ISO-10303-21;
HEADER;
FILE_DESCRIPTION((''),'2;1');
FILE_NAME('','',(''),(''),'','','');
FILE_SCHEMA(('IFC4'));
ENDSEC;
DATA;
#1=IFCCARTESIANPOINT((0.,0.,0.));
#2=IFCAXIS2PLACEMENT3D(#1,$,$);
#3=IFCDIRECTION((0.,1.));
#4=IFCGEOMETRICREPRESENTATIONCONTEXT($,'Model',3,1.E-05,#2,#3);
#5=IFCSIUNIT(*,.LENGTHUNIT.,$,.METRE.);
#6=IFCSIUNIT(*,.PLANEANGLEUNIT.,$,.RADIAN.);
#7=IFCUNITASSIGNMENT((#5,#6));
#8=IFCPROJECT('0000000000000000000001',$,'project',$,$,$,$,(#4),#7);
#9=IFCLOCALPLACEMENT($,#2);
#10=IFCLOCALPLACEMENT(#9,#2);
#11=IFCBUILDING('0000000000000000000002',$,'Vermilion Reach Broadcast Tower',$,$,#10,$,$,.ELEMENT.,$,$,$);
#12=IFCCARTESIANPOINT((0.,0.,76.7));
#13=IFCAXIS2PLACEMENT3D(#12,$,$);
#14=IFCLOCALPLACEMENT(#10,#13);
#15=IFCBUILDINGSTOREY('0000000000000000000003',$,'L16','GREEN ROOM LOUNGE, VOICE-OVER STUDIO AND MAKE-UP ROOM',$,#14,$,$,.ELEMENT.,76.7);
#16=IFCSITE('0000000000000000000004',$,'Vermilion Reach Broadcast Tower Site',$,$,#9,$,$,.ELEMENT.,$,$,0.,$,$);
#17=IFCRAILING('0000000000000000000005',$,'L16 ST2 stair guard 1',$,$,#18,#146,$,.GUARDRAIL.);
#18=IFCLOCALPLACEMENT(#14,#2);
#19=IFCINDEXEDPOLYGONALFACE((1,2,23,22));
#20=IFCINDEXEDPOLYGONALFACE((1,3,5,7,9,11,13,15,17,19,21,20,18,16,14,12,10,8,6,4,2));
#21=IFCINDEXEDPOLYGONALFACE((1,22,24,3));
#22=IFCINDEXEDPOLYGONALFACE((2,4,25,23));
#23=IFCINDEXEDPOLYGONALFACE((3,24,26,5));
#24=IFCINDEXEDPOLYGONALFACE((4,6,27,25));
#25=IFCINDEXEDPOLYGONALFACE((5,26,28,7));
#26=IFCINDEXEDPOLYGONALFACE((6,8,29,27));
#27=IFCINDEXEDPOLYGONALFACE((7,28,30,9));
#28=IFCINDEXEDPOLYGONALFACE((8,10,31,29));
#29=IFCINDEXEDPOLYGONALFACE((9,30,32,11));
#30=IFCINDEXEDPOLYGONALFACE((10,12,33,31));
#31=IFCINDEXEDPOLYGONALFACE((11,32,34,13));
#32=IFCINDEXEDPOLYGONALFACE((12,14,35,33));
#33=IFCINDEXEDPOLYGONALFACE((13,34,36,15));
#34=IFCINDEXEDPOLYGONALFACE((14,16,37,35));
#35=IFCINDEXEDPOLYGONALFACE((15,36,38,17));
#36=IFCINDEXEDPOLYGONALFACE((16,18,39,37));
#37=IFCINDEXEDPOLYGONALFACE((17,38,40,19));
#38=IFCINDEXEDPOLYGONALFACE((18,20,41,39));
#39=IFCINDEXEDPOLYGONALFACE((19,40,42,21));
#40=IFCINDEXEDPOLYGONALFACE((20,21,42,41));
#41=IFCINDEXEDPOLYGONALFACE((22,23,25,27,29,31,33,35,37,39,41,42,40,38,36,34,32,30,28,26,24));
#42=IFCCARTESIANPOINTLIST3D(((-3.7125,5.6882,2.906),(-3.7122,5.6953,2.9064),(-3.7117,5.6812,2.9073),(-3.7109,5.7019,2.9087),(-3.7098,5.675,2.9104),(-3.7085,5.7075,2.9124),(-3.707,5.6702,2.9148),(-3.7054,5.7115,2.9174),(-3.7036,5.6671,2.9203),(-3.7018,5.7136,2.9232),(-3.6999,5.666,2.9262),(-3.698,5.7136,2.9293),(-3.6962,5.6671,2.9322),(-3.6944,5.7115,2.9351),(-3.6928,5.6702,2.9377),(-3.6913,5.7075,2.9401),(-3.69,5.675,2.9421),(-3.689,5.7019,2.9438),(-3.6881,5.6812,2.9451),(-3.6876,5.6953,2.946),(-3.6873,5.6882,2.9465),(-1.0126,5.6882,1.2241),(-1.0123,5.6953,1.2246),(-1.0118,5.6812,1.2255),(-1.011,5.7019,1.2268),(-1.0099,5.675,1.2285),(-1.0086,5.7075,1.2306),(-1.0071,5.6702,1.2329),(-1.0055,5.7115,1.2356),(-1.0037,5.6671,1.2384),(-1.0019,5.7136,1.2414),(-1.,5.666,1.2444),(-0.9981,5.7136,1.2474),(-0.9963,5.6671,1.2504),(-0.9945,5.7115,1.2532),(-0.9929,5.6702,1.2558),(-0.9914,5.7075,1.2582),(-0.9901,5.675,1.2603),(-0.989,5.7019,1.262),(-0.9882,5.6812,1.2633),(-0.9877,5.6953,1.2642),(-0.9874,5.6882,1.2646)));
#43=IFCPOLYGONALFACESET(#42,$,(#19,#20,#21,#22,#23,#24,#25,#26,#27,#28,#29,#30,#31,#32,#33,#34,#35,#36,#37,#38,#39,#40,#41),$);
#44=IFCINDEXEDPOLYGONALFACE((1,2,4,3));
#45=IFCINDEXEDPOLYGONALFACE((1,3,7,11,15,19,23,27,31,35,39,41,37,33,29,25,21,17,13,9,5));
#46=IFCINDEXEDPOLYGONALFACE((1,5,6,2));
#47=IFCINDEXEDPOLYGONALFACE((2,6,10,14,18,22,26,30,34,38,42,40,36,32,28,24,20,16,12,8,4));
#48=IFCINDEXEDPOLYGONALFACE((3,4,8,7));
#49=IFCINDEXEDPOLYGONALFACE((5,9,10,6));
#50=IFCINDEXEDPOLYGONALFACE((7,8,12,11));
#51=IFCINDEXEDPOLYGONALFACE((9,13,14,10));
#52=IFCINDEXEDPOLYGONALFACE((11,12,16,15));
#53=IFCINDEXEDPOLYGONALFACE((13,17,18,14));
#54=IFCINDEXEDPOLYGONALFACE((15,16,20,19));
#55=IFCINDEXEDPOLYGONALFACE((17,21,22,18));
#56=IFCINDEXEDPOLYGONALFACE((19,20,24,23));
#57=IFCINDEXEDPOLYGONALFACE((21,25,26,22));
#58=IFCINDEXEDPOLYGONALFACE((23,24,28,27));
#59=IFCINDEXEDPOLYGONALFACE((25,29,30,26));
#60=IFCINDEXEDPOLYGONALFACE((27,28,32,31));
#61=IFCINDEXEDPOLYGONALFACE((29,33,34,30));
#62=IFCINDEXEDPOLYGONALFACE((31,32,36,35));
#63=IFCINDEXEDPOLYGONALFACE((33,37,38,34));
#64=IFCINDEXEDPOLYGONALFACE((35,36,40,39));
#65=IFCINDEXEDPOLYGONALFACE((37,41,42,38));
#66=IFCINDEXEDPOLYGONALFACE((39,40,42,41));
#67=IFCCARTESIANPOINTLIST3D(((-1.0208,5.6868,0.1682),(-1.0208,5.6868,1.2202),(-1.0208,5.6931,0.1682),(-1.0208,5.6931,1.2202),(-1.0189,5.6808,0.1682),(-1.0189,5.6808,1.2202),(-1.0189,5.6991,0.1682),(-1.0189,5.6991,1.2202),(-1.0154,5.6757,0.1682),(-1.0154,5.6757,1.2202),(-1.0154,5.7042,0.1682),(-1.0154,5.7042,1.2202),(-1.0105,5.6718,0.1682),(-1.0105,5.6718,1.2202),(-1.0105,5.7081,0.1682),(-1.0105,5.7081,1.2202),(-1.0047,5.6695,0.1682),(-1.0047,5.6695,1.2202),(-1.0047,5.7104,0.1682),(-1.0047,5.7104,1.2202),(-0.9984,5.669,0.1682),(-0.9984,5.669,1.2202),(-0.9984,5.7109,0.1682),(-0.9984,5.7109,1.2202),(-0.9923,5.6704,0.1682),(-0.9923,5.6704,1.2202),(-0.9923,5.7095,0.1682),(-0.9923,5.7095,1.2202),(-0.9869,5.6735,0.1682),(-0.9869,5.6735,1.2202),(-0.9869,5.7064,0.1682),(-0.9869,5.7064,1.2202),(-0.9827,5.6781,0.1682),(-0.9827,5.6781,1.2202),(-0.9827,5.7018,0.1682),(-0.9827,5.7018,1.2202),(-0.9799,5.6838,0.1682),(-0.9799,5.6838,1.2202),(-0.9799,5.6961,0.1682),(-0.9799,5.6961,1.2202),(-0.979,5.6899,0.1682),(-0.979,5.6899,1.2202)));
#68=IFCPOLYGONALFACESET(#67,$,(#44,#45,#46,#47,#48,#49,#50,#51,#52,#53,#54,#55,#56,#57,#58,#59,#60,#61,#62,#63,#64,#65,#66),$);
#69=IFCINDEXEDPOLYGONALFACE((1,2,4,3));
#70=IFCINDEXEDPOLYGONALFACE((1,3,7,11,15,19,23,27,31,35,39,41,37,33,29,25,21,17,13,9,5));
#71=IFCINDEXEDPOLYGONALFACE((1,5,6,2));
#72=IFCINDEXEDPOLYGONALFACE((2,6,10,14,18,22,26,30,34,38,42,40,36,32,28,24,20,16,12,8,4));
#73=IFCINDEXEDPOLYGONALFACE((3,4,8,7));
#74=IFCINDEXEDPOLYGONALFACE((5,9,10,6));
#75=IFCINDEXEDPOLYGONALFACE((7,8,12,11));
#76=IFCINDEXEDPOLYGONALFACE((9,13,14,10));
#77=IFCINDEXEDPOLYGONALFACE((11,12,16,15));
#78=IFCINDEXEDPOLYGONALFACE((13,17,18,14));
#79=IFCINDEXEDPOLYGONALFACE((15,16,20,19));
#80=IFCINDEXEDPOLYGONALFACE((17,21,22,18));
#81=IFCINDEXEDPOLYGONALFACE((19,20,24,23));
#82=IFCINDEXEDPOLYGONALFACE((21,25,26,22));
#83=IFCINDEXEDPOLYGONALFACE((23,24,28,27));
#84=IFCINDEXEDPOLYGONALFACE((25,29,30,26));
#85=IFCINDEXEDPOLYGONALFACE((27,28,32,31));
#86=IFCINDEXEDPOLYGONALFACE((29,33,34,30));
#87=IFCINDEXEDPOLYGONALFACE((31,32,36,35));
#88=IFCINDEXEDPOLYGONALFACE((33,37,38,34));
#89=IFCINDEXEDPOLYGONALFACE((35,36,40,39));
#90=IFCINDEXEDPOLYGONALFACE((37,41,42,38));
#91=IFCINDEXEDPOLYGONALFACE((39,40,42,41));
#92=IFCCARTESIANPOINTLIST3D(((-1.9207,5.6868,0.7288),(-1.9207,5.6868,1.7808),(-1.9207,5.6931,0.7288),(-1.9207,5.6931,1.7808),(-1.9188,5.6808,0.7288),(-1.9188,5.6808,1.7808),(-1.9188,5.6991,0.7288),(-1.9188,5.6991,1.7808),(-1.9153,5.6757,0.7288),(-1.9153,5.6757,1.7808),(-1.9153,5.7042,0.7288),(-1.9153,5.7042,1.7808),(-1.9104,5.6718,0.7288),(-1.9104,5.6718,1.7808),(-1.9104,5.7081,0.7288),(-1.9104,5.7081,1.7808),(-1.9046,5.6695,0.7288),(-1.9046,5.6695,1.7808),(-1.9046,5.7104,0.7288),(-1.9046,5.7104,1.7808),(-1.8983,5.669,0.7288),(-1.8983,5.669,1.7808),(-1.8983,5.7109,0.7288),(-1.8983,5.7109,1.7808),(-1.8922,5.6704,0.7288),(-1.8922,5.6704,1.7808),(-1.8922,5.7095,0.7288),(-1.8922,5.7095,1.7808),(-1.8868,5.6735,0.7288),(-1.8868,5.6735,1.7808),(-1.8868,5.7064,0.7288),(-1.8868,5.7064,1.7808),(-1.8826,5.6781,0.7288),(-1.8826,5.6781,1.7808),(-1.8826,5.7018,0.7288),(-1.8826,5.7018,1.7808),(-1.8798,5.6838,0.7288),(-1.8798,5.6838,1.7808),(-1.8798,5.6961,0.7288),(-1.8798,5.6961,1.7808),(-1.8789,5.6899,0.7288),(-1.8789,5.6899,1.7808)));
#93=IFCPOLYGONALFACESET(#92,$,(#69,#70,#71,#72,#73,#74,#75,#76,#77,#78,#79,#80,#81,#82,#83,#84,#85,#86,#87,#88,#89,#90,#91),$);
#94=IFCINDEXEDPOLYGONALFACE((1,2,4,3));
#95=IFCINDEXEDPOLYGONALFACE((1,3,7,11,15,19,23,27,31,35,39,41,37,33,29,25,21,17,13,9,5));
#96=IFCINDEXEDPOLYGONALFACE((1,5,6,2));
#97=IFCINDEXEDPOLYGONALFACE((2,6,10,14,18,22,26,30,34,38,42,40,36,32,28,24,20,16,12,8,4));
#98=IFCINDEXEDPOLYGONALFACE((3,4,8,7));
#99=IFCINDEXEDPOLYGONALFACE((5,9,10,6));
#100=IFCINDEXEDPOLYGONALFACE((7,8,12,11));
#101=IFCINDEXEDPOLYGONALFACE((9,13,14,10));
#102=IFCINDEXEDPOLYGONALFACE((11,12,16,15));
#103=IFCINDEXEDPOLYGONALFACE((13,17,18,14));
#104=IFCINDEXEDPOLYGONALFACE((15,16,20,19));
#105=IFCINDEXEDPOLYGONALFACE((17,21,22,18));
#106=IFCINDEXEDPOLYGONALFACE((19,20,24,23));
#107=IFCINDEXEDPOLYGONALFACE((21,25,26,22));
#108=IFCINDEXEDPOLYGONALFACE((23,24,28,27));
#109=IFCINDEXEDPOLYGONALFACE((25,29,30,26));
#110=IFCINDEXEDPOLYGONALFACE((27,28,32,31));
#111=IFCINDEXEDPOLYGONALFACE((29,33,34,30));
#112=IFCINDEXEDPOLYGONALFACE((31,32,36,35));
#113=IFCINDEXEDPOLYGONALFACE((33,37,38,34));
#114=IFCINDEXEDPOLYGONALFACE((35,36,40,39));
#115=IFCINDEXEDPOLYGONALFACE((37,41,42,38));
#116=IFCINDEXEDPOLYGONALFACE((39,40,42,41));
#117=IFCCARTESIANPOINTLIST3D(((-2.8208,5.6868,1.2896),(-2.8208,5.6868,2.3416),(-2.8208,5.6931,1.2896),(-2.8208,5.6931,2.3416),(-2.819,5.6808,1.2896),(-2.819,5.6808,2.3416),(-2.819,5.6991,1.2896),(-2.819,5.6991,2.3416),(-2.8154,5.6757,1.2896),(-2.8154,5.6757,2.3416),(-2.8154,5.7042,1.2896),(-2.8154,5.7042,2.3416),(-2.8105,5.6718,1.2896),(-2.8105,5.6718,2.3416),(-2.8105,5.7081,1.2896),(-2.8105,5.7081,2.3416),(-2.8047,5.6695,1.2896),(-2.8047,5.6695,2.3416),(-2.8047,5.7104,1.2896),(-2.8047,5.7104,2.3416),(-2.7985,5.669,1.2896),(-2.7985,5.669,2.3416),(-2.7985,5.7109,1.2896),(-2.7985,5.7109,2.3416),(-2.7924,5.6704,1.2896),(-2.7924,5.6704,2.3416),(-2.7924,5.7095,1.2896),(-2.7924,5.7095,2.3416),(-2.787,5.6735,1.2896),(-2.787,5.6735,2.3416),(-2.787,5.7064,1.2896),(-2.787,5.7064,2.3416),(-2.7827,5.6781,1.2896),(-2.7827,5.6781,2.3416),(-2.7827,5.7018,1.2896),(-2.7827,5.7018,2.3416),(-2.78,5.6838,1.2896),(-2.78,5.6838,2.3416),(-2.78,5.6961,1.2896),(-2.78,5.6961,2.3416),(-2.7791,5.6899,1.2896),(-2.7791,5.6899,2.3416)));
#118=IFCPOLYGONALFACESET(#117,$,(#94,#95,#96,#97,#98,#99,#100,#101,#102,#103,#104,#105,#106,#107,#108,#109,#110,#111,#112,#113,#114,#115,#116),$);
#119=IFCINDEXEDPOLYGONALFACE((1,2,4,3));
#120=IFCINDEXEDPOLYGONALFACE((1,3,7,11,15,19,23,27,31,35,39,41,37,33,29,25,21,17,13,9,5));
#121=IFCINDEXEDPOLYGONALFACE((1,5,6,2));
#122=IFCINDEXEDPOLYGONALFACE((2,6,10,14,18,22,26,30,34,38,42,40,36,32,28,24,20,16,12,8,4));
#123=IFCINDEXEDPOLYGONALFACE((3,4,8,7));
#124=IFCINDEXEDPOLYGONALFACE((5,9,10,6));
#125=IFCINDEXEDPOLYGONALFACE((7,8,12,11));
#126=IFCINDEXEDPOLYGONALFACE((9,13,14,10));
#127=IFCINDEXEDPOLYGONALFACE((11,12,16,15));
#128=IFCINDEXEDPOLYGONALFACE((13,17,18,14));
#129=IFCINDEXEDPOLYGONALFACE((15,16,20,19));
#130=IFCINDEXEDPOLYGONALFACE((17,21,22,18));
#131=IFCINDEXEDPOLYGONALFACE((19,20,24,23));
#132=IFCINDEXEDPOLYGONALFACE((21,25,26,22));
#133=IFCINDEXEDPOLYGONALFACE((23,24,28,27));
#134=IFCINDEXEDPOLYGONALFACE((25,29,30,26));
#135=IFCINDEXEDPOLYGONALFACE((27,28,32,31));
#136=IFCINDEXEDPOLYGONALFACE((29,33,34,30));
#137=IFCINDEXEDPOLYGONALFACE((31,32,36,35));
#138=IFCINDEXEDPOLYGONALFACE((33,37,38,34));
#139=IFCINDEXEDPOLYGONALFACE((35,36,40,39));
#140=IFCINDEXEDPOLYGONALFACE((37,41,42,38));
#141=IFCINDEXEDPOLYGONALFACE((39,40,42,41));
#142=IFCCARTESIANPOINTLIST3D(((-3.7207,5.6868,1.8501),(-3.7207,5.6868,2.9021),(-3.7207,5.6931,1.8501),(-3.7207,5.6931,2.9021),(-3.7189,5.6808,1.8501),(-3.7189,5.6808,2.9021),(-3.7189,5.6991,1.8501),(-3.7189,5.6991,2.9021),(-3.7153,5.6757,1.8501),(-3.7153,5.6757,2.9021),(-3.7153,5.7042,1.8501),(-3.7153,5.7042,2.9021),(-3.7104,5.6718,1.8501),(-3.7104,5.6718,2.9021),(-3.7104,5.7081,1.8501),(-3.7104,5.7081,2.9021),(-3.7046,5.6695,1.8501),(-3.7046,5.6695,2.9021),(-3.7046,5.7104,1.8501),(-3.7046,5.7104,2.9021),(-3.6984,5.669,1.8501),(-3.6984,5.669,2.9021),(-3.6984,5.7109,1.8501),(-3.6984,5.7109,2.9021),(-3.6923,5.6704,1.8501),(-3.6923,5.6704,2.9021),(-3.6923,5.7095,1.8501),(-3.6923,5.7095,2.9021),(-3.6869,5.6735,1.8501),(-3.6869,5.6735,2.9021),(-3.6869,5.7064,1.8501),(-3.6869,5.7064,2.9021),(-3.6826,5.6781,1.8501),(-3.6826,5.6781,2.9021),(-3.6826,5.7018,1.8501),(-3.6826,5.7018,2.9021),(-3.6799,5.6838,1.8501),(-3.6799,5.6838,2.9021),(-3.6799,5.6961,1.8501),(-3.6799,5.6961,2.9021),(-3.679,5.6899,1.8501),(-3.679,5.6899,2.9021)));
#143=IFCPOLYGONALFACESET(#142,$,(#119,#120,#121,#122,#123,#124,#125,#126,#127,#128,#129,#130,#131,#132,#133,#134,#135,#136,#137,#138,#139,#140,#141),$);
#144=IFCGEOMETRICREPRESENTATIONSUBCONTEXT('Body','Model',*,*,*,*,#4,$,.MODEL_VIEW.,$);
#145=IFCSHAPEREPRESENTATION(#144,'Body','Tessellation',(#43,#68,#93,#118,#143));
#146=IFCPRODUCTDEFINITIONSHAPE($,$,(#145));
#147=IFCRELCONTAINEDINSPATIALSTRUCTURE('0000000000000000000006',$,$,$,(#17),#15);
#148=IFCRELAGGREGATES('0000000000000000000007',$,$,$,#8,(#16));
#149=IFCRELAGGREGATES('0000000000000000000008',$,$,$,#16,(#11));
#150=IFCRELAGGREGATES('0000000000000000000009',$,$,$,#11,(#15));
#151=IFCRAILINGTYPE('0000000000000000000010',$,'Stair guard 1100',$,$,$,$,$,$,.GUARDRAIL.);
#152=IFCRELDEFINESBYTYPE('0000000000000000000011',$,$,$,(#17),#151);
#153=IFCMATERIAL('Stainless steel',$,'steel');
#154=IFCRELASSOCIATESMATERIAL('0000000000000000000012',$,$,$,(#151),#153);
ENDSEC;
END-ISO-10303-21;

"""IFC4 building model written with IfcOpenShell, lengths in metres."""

from ifc_helpers import new_model, si_unit, direction, frame, origin, origin_2d, place, context, subcontext, project, spatial, circle, extrude, material, type_object, element, save


model = new_model("IFC4")

# Units and contexts
model_context = context("Model", 3, precision=1e-05, world=origin(), true_north=direction((0.0, 1.0)))
body_context = subcontext(model_context, "Body", "Model", "MODEL_VIEW")
ifc_project = project(units=[si_unit("LENGTHUNIT", "METRE"), si_unit("PLANEANGLEUNIT", "RADIAN")], contexts=[model_context])

# Site, building, storey
site_placement = place(None, origin())
site = spatial("IfcSite", under=ifc_project, at=site_placement, Name="Vermilion Reach Broadcast Tower Site", CompositionType="ELEMENT", RefElevation=0.0)
building_placement = place(site_placement, origin())
building = spatial("IfcBuilding", under=site, at=building_placement, Name="Vermilion Reach Broadcast Tower", CompositionType="ELEMENT")
storey_placement = place(building_placement, frame((0.0, 0.0, 76.7)))
storey = spatial("IfcBuildingStorey", under=building, at=storey_placement, Name="L16", Description="GREEN ROOM LOUNGE, VOICE-OVER STUDIO AND MAKE-UP ROOM", CompositionType="ELEMENT", Elevation=76.7)

# Railing
ifc_material_1 = material(Name="Stainless steel", Category="steel")
railing_type_1 = type_object("IfcRailingType", Name="Stair guard 1100", PredefinedType="GUARDRAIL", material=ifc_material_1)
railing_1_placement = place(storey_placement, frame((-1.0, 5.6899, 0.1682)))
element("IfcRailing", 1, at=railing_1_placement, inside=storey, type_object=railing_type_1, Name="L16 ST2 stair guard 1", PredefinedType="GUARDRAIL", context=body_context, shape_type="SweptSolid", body=[
    extrude(circle(Radius=0.0239, at=origin_2d()), frame((0.0, 0.0, 1.0762), z_axis=(-0.848786, 0.0, 0.528736), x_axis=(0.0, -1.0, 0.0)), (0.0, 0.0, 1.0), 3.1809),
    extrude(circle(Radius=0.021, at=origin_2d()), origin(), (0.0, 0.0, 1.0), 1.052),
    extrude(circle(Radius=0.021, at=origin_2d()), frame((-0.8999, 0.0, 0.5605)), (0.0, 0.0, 1.0), 1.052),
    extrude(circle(Radius=0.021, at=origin_2d()), frame((-1.8, 0.0, 1.1213)), (0.0, 0.0, 1.0), 1.052),
    extrude(circle(Radius=0.021, at=origin_2d()), frame((-2.7, 0.0, 1.6819)), (0.0, 0.0, 1.0), 1.052),
])

save(model, "model.ifc")
